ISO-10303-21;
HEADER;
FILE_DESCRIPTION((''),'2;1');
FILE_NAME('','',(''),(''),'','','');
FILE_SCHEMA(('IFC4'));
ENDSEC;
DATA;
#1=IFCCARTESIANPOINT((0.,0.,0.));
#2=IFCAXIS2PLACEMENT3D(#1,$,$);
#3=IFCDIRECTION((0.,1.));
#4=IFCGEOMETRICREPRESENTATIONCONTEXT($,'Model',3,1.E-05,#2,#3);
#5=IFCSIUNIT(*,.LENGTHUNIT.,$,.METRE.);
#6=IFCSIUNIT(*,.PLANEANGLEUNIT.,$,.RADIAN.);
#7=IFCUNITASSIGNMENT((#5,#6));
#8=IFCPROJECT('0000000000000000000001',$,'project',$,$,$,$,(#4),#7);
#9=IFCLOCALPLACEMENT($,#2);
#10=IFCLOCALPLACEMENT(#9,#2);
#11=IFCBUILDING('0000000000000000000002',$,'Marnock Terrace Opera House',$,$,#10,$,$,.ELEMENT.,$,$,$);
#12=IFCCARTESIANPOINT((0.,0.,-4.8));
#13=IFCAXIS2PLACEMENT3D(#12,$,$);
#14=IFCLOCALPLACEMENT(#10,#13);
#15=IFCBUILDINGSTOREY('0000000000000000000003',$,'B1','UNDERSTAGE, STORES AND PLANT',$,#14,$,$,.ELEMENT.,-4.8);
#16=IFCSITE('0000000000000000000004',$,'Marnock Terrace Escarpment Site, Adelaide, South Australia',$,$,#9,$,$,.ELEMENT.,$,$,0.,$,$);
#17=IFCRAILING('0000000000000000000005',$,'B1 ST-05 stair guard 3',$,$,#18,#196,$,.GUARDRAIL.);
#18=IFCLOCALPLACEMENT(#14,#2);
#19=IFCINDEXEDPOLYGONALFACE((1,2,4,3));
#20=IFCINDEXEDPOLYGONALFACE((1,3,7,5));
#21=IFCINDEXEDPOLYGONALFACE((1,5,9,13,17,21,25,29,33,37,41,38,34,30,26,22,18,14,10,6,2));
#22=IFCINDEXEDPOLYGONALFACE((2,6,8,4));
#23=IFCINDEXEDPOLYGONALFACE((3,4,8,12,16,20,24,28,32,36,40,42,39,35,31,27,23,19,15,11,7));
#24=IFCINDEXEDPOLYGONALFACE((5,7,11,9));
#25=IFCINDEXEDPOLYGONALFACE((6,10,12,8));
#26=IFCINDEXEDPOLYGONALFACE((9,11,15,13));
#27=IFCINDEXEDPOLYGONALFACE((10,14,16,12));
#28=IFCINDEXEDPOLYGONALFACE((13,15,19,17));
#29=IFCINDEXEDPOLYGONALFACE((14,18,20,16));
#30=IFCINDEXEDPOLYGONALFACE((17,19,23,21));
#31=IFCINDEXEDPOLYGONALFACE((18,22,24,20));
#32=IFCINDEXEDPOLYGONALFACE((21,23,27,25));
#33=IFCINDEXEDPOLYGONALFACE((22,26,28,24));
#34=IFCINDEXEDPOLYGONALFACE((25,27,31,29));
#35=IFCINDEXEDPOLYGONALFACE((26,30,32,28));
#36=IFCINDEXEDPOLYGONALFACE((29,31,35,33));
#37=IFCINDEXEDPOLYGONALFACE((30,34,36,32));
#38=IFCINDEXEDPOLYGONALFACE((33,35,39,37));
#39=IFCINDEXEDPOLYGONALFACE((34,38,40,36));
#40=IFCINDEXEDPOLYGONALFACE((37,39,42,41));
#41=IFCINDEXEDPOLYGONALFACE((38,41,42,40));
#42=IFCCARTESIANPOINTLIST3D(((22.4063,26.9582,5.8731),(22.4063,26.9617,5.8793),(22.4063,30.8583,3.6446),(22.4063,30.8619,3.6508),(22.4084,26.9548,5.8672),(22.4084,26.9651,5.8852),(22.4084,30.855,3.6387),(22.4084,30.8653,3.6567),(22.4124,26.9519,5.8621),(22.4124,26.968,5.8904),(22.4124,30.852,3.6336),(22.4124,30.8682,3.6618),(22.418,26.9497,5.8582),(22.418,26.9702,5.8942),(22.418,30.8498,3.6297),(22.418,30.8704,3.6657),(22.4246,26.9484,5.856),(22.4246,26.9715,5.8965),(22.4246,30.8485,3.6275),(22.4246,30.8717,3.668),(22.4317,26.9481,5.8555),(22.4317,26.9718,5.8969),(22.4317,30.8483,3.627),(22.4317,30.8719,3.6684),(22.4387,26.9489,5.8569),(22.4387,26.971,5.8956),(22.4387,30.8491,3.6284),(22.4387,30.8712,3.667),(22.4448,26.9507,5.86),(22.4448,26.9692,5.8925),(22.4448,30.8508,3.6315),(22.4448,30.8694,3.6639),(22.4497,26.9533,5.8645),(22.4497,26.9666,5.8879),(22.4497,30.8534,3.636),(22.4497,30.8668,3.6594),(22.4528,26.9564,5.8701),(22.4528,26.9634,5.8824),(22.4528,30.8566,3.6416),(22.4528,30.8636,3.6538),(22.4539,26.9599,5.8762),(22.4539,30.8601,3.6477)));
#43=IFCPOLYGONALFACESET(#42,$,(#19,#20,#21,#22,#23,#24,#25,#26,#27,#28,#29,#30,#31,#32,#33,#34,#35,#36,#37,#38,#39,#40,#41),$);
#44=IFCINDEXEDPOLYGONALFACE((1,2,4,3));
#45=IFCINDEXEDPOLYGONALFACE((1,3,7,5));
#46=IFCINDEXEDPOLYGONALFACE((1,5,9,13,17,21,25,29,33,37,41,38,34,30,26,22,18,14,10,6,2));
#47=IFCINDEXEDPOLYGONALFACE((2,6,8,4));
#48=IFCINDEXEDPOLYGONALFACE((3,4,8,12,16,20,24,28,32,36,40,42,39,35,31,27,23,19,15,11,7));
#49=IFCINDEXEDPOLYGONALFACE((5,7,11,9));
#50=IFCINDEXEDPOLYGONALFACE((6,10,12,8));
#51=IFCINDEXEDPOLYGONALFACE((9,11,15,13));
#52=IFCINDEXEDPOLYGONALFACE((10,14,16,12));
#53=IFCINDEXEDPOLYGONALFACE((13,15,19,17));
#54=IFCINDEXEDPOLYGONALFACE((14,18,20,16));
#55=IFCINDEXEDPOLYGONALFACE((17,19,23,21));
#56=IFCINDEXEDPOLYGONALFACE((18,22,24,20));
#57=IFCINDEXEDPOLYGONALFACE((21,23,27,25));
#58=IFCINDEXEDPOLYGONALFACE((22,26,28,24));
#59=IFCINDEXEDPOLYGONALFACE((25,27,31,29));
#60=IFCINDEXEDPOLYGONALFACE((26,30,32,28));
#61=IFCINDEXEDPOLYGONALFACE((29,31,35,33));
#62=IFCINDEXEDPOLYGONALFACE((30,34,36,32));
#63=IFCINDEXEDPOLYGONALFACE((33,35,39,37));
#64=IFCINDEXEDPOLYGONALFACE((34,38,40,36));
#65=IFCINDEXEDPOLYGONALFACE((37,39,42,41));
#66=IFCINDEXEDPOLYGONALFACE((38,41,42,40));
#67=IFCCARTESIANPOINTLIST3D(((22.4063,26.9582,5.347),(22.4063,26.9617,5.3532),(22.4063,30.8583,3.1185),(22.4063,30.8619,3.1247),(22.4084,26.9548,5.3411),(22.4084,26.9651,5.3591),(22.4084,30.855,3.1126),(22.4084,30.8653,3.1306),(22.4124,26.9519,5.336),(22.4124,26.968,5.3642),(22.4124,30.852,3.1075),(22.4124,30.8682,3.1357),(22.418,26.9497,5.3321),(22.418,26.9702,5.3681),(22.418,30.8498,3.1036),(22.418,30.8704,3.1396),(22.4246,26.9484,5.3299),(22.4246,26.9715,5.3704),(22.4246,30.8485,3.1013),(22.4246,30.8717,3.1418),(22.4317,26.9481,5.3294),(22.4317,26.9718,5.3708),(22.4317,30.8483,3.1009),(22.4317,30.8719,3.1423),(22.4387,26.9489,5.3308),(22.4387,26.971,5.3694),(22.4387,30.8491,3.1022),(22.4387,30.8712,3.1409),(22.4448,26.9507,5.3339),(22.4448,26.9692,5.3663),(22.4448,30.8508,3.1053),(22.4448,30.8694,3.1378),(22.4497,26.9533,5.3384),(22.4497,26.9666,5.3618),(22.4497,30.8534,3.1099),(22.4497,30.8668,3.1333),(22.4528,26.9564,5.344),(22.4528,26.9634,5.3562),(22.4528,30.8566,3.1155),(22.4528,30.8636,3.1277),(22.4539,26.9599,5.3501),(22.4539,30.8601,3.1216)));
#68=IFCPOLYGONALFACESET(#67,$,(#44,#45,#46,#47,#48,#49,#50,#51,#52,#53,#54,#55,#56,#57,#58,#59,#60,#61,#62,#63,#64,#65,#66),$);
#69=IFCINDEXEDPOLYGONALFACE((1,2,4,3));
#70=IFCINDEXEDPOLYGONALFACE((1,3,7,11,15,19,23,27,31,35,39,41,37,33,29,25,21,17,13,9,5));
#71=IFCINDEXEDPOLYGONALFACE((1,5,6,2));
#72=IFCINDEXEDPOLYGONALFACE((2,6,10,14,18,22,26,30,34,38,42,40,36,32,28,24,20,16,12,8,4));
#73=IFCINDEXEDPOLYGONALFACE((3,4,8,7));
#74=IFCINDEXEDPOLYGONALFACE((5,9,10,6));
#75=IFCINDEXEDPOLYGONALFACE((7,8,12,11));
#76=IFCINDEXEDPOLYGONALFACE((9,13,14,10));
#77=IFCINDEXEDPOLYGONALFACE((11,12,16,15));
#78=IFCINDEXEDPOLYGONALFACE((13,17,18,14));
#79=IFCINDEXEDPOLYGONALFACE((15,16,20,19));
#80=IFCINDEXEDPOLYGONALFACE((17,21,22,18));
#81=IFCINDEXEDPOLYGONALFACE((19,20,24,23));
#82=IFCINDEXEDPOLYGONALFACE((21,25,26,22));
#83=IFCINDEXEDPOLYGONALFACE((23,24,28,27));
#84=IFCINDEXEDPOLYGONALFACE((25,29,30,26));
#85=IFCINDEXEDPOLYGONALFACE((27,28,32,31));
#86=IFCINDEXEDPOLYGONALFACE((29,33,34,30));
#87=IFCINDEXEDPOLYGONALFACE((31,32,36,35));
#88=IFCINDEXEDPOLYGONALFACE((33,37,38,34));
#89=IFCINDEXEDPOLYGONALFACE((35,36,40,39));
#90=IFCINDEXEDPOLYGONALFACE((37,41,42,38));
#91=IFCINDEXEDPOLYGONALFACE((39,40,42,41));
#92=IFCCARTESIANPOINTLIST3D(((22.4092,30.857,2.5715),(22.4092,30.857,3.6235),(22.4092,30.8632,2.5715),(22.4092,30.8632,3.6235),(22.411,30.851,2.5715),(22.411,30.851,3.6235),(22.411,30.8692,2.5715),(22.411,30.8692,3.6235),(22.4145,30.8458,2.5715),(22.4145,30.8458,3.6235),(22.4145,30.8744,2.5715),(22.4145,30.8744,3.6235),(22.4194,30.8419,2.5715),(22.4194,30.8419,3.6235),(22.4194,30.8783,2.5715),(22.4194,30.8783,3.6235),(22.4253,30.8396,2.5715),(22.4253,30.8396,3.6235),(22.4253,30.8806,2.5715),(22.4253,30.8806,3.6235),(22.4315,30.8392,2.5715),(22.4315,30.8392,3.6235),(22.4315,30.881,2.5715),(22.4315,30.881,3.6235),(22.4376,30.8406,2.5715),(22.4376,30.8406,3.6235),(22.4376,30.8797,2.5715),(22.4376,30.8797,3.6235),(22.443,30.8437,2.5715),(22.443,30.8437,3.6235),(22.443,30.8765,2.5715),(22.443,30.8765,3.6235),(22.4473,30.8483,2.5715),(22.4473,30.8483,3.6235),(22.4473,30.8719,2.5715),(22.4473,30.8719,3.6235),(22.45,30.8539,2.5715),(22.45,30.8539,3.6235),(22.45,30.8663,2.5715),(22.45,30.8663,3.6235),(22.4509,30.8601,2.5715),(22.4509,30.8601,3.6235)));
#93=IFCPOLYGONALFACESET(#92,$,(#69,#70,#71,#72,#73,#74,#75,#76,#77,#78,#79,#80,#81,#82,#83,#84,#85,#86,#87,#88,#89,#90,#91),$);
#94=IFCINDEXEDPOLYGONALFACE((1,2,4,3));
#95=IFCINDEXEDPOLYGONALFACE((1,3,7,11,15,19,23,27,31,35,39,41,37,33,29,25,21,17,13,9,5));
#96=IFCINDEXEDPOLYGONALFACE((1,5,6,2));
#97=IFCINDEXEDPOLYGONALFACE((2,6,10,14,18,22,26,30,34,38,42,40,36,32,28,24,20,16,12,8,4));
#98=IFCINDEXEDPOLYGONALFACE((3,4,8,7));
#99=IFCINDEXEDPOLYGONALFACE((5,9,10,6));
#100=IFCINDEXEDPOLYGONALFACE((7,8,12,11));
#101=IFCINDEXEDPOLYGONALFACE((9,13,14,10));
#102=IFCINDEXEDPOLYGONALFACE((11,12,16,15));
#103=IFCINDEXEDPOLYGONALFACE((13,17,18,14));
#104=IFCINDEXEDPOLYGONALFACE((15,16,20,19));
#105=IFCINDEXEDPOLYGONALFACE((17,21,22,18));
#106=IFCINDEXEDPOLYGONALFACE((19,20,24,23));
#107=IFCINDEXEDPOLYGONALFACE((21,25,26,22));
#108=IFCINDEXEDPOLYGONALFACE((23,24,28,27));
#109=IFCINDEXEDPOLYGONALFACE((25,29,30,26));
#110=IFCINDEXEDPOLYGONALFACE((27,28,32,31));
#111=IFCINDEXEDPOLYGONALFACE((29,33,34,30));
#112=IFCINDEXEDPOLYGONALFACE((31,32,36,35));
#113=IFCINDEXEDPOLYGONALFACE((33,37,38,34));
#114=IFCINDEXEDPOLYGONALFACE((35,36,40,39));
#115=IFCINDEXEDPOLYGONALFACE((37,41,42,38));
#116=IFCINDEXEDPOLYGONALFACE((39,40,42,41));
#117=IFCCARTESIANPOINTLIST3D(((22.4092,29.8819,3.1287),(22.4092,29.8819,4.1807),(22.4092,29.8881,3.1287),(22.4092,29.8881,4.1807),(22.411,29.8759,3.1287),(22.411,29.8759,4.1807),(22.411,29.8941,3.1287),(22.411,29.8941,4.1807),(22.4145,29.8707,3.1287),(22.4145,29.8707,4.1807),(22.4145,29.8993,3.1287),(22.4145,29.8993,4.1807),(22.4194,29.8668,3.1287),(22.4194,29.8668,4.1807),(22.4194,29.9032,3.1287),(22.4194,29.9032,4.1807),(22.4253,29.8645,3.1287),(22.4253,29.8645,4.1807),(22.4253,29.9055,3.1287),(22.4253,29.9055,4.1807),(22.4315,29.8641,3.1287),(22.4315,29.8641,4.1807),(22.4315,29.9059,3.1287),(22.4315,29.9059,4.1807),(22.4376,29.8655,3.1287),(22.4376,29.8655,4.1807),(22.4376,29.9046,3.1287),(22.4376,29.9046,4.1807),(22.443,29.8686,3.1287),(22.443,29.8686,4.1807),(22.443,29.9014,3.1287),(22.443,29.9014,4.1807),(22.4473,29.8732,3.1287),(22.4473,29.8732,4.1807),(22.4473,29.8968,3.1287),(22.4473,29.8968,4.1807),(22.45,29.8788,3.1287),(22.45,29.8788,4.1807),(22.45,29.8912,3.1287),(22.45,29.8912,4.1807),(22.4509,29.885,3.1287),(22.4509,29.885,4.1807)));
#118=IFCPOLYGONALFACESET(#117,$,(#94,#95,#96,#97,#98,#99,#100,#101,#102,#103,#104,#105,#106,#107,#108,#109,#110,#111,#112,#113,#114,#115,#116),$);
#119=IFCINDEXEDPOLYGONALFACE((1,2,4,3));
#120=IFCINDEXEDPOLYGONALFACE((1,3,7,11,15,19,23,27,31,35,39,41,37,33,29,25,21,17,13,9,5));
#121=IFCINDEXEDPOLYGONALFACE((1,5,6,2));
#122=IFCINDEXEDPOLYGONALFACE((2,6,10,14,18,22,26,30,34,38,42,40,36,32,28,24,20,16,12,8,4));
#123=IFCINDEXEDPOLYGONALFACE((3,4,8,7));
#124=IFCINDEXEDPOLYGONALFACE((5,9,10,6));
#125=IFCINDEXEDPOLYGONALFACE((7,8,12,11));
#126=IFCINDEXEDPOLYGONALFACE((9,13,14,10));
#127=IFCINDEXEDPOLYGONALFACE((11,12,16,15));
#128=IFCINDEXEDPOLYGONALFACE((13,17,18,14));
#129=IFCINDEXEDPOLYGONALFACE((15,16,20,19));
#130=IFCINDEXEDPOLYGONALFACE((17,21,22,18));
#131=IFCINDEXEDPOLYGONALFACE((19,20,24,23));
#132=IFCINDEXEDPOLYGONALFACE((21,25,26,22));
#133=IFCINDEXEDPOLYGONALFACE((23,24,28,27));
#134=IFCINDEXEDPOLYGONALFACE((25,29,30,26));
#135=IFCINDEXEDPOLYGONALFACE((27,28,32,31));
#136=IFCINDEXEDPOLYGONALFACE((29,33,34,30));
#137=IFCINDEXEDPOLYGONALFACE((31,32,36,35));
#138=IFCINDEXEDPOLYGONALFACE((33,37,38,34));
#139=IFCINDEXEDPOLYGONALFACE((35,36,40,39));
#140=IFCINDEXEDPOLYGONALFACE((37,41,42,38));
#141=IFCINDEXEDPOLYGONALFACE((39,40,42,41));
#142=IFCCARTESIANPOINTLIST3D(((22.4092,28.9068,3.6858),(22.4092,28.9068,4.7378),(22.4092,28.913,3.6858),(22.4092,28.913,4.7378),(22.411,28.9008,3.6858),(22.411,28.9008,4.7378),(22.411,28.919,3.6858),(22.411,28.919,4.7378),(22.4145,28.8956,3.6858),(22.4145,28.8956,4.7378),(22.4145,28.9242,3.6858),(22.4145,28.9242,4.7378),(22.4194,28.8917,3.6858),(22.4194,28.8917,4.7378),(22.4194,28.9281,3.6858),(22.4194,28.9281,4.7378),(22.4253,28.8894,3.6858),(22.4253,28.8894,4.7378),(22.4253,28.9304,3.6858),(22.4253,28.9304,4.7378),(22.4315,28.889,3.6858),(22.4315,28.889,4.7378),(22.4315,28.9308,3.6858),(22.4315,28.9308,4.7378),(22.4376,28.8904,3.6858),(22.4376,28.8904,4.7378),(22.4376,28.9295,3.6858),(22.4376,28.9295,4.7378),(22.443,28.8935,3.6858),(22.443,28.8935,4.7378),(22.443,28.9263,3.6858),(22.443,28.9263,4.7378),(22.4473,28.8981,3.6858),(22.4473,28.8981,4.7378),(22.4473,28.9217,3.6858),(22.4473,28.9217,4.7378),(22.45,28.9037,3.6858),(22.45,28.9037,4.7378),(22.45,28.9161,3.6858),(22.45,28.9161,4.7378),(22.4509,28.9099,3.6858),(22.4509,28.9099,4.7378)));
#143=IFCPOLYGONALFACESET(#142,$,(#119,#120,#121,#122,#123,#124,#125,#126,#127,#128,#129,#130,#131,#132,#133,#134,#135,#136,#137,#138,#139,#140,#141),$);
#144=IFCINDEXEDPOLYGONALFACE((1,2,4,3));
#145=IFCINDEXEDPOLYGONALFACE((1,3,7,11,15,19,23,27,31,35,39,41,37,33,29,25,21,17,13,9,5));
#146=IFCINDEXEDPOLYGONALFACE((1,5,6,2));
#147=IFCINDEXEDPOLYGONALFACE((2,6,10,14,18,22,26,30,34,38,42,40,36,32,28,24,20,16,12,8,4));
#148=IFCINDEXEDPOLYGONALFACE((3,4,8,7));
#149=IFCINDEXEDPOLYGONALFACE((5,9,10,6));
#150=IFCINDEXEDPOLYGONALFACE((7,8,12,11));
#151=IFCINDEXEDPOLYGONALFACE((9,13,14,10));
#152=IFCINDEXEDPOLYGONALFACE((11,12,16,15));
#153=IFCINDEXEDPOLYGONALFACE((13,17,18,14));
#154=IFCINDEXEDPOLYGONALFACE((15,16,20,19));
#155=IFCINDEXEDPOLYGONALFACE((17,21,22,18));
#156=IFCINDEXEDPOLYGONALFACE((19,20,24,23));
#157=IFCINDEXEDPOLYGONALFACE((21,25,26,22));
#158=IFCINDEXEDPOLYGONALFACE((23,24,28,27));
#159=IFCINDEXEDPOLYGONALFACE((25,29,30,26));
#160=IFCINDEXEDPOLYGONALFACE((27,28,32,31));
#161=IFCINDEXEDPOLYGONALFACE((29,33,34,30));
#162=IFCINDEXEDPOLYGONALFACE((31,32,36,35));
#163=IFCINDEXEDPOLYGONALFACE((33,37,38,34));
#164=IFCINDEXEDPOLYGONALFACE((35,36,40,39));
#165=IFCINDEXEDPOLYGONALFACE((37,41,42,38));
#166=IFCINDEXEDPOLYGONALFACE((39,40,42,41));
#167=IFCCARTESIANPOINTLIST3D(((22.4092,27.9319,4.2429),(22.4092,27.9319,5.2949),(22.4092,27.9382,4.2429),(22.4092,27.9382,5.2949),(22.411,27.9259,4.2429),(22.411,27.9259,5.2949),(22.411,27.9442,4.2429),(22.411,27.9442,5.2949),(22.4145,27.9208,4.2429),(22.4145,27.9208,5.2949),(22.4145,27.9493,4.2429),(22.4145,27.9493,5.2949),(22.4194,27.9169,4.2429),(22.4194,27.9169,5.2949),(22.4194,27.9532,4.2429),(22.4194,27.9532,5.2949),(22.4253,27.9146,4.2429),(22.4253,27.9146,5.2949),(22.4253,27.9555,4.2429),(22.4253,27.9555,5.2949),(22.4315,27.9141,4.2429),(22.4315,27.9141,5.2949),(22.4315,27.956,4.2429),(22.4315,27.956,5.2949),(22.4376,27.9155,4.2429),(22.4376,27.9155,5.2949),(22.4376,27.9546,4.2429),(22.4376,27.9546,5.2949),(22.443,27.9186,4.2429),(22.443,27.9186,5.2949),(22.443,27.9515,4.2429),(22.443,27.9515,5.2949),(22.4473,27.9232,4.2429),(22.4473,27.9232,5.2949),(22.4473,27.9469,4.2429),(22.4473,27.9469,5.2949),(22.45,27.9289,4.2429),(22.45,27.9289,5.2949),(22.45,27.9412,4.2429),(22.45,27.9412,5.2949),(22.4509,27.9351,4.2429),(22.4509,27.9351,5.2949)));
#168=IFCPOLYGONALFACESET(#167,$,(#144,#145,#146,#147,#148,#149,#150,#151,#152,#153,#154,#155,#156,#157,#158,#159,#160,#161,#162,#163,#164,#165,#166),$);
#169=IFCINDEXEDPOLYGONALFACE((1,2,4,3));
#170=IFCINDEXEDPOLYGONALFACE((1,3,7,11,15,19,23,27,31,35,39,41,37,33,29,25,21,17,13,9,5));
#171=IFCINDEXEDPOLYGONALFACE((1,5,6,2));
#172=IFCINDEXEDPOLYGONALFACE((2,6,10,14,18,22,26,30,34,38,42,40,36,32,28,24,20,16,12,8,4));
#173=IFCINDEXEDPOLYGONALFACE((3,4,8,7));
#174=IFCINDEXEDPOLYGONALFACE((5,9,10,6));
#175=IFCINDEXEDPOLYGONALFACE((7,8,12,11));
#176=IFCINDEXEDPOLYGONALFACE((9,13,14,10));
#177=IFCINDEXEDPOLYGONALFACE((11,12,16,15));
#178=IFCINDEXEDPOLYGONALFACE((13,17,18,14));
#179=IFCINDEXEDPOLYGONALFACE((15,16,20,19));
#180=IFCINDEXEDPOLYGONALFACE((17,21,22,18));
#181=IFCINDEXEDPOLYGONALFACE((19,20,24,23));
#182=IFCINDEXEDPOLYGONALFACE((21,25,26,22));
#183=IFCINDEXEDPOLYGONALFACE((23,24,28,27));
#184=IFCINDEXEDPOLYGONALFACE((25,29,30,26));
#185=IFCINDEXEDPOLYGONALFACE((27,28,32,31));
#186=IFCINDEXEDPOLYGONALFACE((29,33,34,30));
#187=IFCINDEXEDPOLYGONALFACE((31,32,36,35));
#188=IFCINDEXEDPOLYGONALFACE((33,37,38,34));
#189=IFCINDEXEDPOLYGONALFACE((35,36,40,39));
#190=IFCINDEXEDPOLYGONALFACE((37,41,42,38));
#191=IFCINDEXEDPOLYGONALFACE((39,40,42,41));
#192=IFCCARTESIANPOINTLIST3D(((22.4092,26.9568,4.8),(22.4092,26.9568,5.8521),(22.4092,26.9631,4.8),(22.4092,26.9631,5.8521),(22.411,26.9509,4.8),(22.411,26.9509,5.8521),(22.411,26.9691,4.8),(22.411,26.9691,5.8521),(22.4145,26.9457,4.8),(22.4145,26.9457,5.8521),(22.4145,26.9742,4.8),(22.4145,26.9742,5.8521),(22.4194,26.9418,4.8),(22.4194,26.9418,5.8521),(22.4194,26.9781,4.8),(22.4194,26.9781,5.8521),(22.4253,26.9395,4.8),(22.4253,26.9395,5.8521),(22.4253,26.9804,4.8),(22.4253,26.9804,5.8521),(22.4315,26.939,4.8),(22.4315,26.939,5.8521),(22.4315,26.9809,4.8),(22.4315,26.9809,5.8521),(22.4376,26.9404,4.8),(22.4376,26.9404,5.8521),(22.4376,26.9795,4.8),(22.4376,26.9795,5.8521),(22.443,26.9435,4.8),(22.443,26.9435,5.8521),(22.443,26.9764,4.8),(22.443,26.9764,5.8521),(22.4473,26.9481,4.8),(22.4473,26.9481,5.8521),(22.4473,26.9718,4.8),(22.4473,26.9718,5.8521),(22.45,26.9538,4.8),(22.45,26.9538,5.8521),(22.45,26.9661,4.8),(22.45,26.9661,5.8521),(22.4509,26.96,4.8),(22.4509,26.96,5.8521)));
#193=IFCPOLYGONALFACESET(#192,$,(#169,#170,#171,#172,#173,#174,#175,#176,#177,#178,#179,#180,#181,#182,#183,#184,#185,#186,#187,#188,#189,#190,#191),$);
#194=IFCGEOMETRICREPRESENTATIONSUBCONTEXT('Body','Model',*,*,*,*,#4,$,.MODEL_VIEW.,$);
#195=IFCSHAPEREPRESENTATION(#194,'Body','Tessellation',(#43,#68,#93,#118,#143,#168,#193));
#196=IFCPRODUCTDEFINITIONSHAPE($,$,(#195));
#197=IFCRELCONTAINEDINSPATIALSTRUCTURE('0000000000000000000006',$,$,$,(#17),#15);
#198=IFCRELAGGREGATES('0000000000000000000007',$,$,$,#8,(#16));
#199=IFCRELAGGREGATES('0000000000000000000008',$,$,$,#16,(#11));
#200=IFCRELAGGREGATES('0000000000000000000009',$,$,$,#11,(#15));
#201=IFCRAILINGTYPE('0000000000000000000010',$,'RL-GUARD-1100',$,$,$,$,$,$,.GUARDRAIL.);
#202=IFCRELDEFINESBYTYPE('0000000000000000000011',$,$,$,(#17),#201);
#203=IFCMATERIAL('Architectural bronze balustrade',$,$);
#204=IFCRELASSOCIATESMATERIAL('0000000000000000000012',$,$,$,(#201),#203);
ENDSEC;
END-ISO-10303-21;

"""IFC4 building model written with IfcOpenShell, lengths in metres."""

from ifc_helpers import new_model, si_unit, direction, frame, origin, origin_2d, place, context, subcontext, project, spatial, circle, extrude, material, type_object, element, save


model = new_model("IFC4")

# Units and contexts
model_context = context("Model", 3, precision=1e-05, world=origin(), true_north=direction((0.0, 1.0)))
body_context = subcontext(model_context, "Body", "Model", "MODEL_VIEW")
ifc_project = project(units=[si_unit("LENGTHUNIT", "METRE"), si_unit("PLANEANGLEUNIT", "RADIAN")], contexts=[model_context])

# Site, building, storey
site_placement = place(None, origin())
site = spatial("IfcSite", under=ifc_project, at=site_placement, Name="Marnock Terrace Escarpment Site, Adelaide, South Australia", CompositionType="ELEMENT", RefElevation=0.0)
building_placement = place(site_placement, origin())
building = spatial("IfcBuilding", under=site, at=building_placement, Name="Marnock Terrace Opera House", CompositionType="ELEMENT")
storey_placement = place(building_placement, frame((0.0, 0.0, -4.8)))
storey = spatial("IfcBuildingStorey", under=building, at=storey_placement, Name="B1", Description="UNDERSTAGE, STORES AND PLANT", CompositionType="ELEMENT", Elevation=-4.8)

# Railing
ifc_material_1 = material(Name="Architectural bronze balustrade")
railing_type_1 = type_object("IfcRailingType", Name="RL-GUARD-1100", PredefinedType="GUARDRAIL", material=ifc_material_1)
railing_1_placement = place(storey_placement, frame((22.4299, 30.8601, 2.5715)))
element("IfcRailing", 1, at=railing_1_placement, inside=storey, type_object=railing_type_1, Name="B1 ST-05 stair guard 3", PredefinedType="GUARDRAIL", context=body_context, shape_type="SweptSolid", body=[
    extrude(circle(Radius=0.0239, at=origin_2d()), frame((0.0, 0.0, 1.0762), z_axis=(0.0, -0.868257, 0.496116), x_axis=(1.0, 0.0, 0.0)), (0.0, 0.0, 1.0), 4.4919),
    extrude(circle(Radius=0.0239, at=origin_2d()), frame((0.0, 0.0, 0.55), z_axis=(0.0, -0.868257, 0.496116), x_axis=(1.0, 0.0, 0.0)), (0.0, 0.0, 1.0), 4.4919),
    extrude(circle(Radius=0.021, at=origin_2d()), origin(), (0.0, 0.0, 1.0), 1.052),
    extrude(circle(Radius=0.021, at=origin_2d()), frame((0.0, -0.9751, 0.5571)), (0.0, 0.0, 1.0), 1.052),
    extrude(circle(Radius=0.021, at=origin_2d()), frame((0.0, -1.9502, 1.1143)), (0.0, 0.0, 1.0), 1.052),
    extrude(circle(Radius=0.021, at=origin_2d()), frame((0.0, -2.925, 1.6714)), (0.0, 0.0, 1.0), 1.052),
    extrude(circle(Radius=0.021, at=origin_2d()), frame((0.0, -3.9001, 2.2285)), (0.0, 0.0, 1.0), 1.052),
])

save(model, "model.ifc")
